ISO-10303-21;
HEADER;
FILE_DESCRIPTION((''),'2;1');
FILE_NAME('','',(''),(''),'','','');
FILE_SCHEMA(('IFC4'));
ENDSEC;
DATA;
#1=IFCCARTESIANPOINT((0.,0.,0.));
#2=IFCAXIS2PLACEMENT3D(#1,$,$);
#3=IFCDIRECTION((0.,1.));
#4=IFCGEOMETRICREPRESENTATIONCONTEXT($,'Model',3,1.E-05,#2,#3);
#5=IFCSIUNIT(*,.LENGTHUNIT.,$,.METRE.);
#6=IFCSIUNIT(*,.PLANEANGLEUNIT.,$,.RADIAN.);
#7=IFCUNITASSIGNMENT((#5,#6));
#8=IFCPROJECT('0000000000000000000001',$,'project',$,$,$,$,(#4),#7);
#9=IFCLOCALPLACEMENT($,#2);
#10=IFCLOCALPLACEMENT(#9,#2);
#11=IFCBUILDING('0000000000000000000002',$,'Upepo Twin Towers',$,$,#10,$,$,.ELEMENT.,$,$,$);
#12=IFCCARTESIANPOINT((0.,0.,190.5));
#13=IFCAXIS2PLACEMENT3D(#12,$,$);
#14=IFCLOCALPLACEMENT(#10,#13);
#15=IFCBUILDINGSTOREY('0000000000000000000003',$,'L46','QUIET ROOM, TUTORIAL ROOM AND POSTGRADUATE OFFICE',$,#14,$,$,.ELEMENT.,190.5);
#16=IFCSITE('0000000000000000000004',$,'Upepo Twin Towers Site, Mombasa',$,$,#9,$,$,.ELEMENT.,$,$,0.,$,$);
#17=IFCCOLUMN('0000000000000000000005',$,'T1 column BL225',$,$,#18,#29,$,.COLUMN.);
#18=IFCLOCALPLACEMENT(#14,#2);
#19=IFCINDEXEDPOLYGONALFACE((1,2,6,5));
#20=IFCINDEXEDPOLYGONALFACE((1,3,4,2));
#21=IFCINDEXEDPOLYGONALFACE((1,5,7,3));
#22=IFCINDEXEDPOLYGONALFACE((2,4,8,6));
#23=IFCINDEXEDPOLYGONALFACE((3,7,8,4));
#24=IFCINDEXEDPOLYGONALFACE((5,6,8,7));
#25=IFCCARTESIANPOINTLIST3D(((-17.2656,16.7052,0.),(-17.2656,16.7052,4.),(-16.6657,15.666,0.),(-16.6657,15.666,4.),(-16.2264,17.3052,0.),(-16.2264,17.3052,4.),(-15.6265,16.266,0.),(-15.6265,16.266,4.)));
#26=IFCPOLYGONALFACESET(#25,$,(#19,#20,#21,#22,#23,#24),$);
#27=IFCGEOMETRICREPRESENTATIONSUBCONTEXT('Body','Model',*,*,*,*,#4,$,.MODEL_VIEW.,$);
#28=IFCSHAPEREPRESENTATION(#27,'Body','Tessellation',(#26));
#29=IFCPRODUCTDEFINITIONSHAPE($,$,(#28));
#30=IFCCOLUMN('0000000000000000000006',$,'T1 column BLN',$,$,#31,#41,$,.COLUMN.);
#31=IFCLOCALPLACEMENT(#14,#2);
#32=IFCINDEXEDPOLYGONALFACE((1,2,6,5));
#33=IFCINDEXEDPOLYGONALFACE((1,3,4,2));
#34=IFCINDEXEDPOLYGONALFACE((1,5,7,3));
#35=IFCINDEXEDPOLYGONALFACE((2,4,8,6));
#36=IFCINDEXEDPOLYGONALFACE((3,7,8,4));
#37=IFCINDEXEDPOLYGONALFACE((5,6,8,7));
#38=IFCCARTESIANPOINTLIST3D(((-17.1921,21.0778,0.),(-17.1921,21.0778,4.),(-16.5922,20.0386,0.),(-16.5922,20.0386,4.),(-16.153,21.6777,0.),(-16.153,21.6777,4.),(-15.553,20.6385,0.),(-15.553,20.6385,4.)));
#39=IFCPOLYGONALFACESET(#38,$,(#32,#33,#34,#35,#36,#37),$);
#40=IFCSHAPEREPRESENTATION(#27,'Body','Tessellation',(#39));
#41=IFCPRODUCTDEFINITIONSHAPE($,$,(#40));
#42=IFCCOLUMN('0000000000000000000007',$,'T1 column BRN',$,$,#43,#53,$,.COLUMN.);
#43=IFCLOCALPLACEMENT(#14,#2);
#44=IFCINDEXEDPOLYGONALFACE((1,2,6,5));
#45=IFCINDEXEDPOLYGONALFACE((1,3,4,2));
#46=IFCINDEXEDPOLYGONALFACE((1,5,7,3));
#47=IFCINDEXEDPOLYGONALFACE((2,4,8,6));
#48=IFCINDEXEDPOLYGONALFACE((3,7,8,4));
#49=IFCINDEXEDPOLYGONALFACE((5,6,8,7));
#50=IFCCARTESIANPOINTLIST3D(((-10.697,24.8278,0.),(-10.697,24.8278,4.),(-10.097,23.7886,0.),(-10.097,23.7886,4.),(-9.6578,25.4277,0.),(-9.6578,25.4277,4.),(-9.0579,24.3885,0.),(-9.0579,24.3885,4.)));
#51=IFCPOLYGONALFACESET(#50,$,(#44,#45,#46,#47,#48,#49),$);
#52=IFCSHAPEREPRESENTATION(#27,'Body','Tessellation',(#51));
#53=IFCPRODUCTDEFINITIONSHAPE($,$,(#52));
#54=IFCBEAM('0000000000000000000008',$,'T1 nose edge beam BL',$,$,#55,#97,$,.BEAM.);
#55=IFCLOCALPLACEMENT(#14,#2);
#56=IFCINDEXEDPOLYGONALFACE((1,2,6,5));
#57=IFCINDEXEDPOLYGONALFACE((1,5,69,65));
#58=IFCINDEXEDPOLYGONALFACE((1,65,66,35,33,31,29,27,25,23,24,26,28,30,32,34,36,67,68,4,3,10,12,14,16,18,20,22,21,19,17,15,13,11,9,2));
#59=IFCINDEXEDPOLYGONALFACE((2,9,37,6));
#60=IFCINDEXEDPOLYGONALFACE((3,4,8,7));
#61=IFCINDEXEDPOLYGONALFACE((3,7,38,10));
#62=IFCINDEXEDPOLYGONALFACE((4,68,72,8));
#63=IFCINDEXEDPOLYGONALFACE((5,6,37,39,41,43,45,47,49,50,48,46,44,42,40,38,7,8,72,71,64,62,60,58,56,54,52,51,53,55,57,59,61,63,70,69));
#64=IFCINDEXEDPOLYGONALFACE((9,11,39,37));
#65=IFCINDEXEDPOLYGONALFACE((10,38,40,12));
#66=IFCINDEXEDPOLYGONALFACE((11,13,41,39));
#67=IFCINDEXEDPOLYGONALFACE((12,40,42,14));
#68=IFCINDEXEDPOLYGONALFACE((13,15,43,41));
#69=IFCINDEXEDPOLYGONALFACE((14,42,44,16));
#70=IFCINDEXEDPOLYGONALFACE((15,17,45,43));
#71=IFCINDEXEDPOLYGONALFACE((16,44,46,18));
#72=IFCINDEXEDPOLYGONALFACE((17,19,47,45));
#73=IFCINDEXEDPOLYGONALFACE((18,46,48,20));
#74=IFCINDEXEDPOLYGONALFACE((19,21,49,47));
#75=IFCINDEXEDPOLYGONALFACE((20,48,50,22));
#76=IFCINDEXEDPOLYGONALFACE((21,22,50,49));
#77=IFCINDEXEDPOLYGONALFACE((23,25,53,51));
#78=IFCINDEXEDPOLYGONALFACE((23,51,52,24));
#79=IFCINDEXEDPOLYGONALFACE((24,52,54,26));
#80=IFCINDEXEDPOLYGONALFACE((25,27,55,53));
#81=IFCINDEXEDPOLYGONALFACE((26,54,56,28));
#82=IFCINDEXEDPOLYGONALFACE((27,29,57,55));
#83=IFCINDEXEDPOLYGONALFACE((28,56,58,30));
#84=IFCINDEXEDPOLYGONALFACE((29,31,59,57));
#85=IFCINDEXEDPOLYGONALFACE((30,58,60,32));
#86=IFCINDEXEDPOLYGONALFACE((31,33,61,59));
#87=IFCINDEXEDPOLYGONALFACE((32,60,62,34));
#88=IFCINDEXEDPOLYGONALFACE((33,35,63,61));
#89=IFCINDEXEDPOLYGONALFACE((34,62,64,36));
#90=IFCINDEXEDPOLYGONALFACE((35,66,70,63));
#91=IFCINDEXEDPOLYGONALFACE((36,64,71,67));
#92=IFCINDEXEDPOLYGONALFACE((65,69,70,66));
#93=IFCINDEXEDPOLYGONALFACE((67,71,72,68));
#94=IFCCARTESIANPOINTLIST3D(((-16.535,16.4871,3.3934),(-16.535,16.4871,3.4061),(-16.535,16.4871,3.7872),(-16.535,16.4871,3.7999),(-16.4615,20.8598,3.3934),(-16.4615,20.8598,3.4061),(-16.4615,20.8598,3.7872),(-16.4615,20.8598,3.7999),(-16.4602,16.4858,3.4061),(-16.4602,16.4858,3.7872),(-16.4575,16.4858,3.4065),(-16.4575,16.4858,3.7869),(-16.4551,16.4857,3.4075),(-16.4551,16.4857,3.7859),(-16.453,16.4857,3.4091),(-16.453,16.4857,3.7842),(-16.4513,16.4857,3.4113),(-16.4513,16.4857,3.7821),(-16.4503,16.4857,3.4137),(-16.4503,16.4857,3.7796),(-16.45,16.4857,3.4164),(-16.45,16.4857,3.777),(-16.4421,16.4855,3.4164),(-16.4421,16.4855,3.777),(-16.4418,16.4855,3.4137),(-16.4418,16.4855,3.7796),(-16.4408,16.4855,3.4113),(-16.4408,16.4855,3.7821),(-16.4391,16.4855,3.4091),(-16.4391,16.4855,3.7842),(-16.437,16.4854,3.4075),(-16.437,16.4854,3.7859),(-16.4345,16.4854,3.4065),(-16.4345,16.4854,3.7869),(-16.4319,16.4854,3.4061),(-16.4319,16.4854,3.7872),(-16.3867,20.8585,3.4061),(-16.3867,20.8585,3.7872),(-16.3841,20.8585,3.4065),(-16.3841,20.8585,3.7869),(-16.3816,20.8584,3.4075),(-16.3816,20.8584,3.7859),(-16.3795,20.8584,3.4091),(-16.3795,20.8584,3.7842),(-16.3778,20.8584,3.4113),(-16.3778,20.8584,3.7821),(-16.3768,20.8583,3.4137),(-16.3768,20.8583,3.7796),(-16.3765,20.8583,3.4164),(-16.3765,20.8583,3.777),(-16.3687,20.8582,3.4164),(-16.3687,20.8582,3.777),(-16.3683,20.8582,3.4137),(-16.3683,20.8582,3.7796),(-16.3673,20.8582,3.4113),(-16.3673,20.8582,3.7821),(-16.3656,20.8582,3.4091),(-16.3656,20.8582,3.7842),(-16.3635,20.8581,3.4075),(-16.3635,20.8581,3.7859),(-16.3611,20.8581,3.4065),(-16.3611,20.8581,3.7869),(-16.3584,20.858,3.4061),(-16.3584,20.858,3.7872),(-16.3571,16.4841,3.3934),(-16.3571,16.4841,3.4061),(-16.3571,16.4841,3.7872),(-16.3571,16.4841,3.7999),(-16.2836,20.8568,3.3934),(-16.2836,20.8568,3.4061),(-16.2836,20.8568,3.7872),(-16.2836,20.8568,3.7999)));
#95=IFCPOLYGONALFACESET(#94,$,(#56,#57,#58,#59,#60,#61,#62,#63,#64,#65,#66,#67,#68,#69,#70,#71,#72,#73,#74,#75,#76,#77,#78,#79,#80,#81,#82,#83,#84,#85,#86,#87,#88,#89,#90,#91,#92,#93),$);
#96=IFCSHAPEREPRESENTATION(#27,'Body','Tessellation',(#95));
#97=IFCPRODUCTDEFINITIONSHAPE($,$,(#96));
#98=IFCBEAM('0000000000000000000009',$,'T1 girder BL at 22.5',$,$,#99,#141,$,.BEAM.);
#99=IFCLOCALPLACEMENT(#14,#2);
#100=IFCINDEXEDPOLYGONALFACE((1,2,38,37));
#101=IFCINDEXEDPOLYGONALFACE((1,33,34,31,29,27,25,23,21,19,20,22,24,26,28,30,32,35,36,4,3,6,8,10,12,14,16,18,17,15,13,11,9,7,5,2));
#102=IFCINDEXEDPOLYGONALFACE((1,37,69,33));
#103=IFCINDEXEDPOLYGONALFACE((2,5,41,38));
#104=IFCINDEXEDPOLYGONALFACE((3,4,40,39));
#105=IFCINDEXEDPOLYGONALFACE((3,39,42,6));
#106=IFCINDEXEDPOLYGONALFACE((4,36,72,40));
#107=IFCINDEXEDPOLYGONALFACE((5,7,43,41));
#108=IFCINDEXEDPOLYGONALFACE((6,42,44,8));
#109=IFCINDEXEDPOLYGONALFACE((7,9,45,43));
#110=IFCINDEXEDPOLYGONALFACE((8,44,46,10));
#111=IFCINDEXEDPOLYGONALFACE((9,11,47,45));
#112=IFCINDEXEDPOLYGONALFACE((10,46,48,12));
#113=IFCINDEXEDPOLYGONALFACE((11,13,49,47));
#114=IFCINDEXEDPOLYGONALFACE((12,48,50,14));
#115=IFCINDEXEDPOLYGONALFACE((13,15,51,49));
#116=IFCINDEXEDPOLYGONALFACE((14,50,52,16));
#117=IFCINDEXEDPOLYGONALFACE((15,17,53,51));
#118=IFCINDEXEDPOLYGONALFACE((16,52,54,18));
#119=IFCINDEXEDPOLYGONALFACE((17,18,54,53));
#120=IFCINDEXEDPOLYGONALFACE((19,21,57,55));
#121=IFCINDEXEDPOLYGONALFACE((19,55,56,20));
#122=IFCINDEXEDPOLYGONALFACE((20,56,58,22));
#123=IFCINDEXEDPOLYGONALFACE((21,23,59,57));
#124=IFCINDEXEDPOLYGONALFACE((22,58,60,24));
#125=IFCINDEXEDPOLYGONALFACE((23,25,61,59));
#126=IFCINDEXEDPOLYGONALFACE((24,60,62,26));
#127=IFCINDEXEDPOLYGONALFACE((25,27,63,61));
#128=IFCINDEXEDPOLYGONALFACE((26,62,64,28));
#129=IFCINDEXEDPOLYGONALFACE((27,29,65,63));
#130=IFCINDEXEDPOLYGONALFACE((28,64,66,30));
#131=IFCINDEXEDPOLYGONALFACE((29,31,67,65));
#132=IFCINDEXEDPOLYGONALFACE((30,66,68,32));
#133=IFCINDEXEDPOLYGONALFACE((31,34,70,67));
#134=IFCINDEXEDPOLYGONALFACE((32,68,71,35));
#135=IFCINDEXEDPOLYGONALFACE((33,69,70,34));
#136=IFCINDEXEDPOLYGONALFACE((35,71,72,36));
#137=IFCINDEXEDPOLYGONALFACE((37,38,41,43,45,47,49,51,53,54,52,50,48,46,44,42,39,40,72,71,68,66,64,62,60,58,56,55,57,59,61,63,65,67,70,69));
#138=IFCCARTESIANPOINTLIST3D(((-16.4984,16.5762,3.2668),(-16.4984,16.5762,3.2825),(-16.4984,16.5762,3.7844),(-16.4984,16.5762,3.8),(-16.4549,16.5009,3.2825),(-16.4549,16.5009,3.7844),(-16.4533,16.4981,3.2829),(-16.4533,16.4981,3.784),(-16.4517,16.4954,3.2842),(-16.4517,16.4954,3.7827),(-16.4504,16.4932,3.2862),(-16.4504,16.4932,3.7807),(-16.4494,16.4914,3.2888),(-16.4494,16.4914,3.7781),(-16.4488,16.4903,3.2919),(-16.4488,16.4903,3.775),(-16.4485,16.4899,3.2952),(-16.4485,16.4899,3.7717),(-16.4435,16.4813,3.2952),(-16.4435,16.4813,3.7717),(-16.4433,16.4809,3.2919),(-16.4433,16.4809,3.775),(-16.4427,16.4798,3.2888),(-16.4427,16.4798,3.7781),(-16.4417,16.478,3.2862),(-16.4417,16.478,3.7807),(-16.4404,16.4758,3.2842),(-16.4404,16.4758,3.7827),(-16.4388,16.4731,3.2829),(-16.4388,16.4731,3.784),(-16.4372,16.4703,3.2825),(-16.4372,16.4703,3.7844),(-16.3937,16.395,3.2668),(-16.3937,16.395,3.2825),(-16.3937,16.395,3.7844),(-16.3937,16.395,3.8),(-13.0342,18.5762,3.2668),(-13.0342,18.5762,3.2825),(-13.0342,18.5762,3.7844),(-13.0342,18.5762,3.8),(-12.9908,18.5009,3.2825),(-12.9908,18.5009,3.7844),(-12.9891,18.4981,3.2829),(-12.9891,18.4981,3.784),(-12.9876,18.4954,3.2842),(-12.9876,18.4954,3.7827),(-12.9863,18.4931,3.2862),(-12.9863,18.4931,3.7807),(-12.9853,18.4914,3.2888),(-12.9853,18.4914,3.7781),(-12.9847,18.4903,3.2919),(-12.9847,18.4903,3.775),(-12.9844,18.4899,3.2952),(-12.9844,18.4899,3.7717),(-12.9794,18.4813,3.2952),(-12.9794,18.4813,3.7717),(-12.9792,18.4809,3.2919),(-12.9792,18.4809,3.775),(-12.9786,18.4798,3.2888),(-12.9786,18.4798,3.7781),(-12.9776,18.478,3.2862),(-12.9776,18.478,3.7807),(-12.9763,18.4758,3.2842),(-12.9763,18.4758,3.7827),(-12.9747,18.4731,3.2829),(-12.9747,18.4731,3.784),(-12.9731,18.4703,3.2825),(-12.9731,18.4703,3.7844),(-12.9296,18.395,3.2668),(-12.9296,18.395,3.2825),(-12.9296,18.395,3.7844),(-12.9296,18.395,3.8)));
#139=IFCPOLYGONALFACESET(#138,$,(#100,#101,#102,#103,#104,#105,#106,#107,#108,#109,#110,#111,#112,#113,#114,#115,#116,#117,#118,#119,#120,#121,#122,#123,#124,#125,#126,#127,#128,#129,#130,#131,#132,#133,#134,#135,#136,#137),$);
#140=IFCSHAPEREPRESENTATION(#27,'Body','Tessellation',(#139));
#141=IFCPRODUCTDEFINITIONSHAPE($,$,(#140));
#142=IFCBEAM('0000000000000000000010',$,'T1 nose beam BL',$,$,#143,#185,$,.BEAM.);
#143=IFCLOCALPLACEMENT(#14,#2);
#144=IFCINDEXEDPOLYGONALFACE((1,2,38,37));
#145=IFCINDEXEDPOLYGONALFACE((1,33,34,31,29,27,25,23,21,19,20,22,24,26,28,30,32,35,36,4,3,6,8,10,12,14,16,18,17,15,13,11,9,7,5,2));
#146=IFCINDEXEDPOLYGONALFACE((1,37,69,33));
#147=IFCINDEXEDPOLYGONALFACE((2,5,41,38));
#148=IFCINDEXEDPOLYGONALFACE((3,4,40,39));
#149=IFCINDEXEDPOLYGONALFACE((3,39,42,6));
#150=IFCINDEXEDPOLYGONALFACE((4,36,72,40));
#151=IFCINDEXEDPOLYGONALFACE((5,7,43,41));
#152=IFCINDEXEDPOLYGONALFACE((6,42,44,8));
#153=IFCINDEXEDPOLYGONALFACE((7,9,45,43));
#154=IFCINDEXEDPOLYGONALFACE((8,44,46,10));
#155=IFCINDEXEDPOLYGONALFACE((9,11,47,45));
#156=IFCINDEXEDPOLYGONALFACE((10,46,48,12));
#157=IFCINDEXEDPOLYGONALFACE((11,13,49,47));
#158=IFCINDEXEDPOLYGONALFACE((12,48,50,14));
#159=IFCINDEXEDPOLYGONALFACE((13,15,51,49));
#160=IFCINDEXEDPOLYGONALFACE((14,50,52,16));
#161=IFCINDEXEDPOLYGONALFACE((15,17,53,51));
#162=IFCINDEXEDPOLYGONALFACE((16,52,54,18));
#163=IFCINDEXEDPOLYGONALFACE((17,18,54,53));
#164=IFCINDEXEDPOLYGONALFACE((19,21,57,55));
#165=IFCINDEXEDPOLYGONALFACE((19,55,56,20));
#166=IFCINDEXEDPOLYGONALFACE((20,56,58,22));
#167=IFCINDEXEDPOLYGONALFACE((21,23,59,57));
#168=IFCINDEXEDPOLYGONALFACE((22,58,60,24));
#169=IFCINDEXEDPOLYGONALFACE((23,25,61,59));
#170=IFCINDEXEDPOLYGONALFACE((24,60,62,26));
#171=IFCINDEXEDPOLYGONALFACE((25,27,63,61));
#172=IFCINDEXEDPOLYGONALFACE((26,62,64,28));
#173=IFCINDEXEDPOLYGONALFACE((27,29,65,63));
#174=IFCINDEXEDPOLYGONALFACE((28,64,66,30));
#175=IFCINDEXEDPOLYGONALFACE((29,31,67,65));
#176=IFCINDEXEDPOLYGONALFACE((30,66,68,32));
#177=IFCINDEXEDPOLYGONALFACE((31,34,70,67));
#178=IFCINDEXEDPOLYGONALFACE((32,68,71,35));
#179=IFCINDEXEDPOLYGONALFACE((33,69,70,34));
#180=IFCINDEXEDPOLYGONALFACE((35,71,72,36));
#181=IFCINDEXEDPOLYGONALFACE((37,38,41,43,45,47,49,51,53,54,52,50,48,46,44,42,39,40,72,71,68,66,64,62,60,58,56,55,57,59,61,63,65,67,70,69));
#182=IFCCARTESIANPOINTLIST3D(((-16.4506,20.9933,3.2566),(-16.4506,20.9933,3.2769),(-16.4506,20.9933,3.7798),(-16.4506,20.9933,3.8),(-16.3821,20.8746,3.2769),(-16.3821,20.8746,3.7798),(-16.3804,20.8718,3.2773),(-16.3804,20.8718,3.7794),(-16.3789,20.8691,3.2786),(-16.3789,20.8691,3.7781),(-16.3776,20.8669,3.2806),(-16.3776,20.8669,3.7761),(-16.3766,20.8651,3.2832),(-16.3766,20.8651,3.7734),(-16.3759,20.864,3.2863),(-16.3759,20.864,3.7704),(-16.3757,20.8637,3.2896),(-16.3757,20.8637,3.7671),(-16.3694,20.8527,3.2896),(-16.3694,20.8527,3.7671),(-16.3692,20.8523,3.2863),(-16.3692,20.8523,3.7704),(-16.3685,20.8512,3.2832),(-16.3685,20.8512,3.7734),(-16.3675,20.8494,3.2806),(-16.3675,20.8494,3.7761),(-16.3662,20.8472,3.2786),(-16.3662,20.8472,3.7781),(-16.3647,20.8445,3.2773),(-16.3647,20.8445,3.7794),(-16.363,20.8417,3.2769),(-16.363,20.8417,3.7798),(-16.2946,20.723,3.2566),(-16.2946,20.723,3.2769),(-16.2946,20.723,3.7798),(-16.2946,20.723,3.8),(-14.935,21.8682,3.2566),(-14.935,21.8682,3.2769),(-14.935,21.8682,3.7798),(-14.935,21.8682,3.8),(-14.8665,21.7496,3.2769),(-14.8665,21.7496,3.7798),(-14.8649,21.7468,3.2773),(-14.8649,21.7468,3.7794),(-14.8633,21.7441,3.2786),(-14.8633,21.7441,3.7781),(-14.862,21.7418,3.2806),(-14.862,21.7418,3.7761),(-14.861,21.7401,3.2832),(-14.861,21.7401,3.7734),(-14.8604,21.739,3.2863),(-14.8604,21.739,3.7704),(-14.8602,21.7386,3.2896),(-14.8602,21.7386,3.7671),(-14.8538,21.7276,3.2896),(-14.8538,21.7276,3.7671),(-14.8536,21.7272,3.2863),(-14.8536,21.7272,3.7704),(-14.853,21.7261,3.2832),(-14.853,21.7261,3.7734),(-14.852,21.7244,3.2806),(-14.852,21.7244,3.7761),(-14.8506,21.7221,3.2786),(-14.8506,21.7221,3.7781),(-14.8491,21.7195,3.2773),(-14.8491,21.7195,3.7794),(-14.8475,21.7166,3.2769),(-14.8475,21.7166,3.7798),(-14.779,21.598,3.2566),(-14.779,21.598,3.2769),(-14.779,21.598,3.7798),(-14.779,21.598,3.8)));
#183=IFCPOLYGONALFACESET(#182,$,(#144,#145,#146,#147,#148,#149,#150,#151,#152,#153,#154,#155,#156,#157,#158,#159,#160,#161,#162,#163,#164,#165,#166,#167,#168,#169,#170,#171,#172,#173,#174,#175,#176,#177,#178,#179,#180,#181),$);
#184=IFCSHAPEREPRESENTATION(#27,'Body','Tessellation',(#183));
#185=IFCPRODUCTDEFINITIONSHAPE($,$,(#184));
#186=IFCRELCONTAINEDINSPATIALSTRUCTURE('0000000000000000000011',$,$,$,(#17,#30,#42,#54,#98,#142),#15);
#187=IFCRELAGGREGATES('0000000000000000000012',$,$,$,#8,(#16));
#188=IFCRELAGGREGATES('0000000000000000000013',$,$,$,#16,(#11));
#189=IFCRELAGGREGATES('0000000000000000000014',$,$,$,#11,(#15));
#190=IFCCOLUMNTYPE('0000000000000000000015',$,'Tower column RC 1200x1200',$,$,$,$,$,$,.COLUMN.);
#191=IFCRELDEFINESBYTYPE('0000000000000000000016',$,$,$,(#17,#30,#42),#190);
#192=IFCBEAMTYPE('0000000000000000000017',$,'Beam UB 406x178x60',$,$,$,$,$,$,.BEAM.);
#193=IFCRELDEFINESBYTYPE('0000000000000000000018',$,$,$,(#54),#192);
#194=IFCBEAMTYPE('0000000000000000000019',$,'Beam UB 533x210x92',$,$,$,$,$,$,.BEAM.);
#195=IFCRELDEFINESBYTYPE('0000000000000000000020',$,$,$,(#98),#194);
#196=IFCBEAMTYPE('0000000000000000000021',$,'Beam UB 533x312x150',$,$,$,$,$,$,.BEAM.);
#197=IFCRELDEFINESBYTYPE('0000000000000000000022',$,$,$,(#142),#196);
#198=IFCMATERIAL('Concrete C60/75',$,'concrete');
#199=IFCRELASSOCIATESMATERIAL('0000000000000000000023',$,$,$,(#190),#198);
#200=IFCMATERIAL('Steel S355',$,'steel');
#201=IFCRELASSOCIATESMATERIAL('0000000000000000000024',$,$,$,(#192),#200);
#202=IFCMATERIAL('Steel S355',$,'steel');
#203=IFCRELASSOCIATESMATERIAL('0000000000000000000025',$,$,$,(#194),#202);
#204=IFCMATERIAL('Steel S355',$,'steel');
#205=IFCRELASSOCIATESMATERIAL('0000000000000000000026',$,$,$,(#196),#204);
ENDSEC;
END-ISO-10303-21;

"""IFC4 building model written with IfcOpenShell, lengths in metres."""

from ifc_helpers import new_model, si_unit, direction, frame, origin, origin_2d, place, context, subcontext, project, spatial, rectangle, i_section, extrude, material, material_profile, profile_set, type_object, element, save


model = new_model("IFC4")

# Units and contexts
model_context = context("Model", 3, precision=1e-05, world=origin(), true_north=direction((0.0, 1.0)))
body_context = subcontext(model_context, "Body", "Model", "MODEL_VIEW")
ifc_project = project(units=[si_unit("LENGTHUNIT", "METRE"), si_unit("PLANEANGLEUNIT", "RADIAN")], contexts=[model_context])

# Site, building, storey
site_placement = place(None, origin())
site = spatial("IfcSite", under=ifc_project, at=site_placement, Name="Upepo Twin Towers Site, Mombasa", CompositionType="ELEMENT", RefElevation=0.0)
building_placement = place(site_placement, origin())
building = spatial("IfcBuilding", under=site, at=building_placement, Name="Upepo Twin Towers", CompositionType="ELEMENT")
storey_placement = place(building_placement, frame((0.0, 0.0, 190.5)))
storey = spatial("IfcBuildingStorey", under=building, at=storey_placement, Name="L46", Description="QUIET ROOM, TUTORIAL ROOM AND POSTGRADUATE OFFICE", CompositionType="ELEMENT", Elevation=190.5)

# Columns
ifc_material_1 = material(Name="Concrete C60/75", Category="concrete")
ifc_material_profile_1 = material_profile(ifc_material_1, rectangle(XDim=1.2, YDim=1.2, at=origin_2d()), Name="RC 1200x1200")
ifc_profile_set_1 = profile_set([ifc_material_profile_1], Name="Concrete C60/75")
column_type = type_object("IfcColumnType", Name="Tower column RC 1200x1200", PredefinedType="COLUMN", material=ifc_profile_set_1)
for number, where, z_axis, x_axis, name in (
    (1, (-16.446, 16.4856, 0.0), (0.0, 0.0, 1.0), (0.866025, 0.5, 0.0), "T1 column BL225"),
    (2, (-16.3726, 20.8582, 0.0), (0.0, 0.0, 1.0), (0.866025, 0.5, 0.0), "T1 column BLN"),
    (3, (-9.8774, 24.6082, 0.0), (0.0, 0.0, 1.0), (0.866025, 0.5, 0.0), "T1 column BRN"),
):
    element("IfcColumn", number, at=place(storey_placement, frame(where, z_axis=z_axis, x_axis=x_axis)), inside=storey, type_object=column_type, Name=name, PredefinedType="COLUMN", context=body_context, shape_type="SweptSolid", body=[
        extrude(rectangle(XDim=1.2, YDim=1.2, at=origin_2d()), origin(), (0.0, 0.0, 1.0), 4.0),
    ])

# Beams
ifc_material_2 = material(Name="Steel S355", Category="steel")
ifc_material_profile_2 = material_profile(ifc_material_2, i_section(OverallWidth=0.178, OverallDepth=0.4065, WebThickness=0.0078, FlangeThickness=0.0127, FilletRadius=0.0103, at=origin_2d()), Name="UB 406x178x60")
ifc_profile_set_2 = profile_set([ifc_material_profile_2], Name="Steel S355")
beam_type_1 = type_object("IfcBeamType", Name="Beam UB 406x178x60", PredefinedType="BEAM", material=ifc_profile_set_2)
beam_1_placement = place(storey_placement, frame((-16.446, 16.4856, 3.5967), z_axis=(0.016804, 0.999859, 0.0), x_axis=(-0.999859, 0.016804, 0.0)))
element("IfcBeam", 4, at=beam_1_placement, inside=storey, type_object=beam_type_1, Name="T1 nose edge beam BL", PredefinedType="BEAM", context=body_context, shape_type="SweptSolid", body=[
    extrude(i_section(OverallWidth=0.178, OverallDepth=0.4065, WebThickness=0.0078, FlangeThickness=0.0127, FilletRadius=0.0103, at=origin_2d()), origin(), (0.0, 0.0, 1.0), 4.3733),
])
ifc_material_3 = material(Name="Steel S355", Category="steel")
ifc_material_profile_3 = material_profile(ifc_material_3, i_section(OverallWidth=0.2092, OverallDepth=0.5332, WebThickness=0.01, FlangeThickness=0.0156, FilletRadius=0.0127, at=origin_2d()), Name="UB 533x210x92")
ifc_profile_set_3 = profile_set([ifc_material_profile_3], Name="Steel S355")
beam_type_2 = type_object("IfcBeamType", Name="Beam UB 533x210x92", PredefinedType="BEAM", material=ifc_profile_set_3)
beam_2_placement = place(storey_placement, frame((-16.446, 16.4856, 3.5334), z_axis=(0.866026, 0.499999, 0.0), x_axis=(-0.499999, 0.866026, 0.0)))
element("IfcBeam", 5, at=beam_2_placement, inside=storey, type_object=beam_type_2, Name="T1 girder BL at 22.5", PredefinedType="BEAM", context=body_context, shape_type="SweptSolid", body=[
    extrude(i_section(OverallWidth=0.2092, OverallDepth=0.5332, WebThickness=0.01, FlangeThickness=0.0156, FilletRadius=0.0127, at=origin_2d()), origin(), (0.0, 0.0, 1.0), 4.0),
])
ifc_material_4 = material(Name="Steel S355", Category="steel")
ifc_material_profile_4 = material_profile(ifc_material_4, i_section(OverallWidth=0.312, OverallDepth=0.5435, WebThickness=0.0127, FlangeThickness=0.0203, FilletRadius=0.0127, at=origin_2d()), Name="UB 533x312x150")
ifc_profile_set_4 = profile_set([ifc_material_profile_4], Name="Steel S355")
beam_type_3 = type_object("IfcBeamType", Name="Beam UB 533x312x150", PredefinedType="BEAM", material=ifc_profile_set_4)
for number, where, z_axis, x_axis, name in (
    (6, (-16.3726, 20.8582, 3.5283), (0.866037, 0.49998, 0.0), (-0.49998, 0.866037, 0.0), "T1 nose beam BL"),
):
    element("IfcBeam", number, at=place(storey_placement, frame(where, z_axis=z_axis, x_axis=x_axis)), inside=storey, type_object=beam_type_3, Name=name, PredefinedType="BEAM", context=body_context, shape_type="SweptSolid", body=[
        extrude(i_section(OverallWidth=0.312, OverallDepth=0.5435, WebThickness=0.0127, FlangeThickness=0.0203, FilletRadius=0.0127, at=origin_2d()), origin(), (0.0, 0.0, 1.0), 1.75),
    ])

save(model, "model.ifc")
